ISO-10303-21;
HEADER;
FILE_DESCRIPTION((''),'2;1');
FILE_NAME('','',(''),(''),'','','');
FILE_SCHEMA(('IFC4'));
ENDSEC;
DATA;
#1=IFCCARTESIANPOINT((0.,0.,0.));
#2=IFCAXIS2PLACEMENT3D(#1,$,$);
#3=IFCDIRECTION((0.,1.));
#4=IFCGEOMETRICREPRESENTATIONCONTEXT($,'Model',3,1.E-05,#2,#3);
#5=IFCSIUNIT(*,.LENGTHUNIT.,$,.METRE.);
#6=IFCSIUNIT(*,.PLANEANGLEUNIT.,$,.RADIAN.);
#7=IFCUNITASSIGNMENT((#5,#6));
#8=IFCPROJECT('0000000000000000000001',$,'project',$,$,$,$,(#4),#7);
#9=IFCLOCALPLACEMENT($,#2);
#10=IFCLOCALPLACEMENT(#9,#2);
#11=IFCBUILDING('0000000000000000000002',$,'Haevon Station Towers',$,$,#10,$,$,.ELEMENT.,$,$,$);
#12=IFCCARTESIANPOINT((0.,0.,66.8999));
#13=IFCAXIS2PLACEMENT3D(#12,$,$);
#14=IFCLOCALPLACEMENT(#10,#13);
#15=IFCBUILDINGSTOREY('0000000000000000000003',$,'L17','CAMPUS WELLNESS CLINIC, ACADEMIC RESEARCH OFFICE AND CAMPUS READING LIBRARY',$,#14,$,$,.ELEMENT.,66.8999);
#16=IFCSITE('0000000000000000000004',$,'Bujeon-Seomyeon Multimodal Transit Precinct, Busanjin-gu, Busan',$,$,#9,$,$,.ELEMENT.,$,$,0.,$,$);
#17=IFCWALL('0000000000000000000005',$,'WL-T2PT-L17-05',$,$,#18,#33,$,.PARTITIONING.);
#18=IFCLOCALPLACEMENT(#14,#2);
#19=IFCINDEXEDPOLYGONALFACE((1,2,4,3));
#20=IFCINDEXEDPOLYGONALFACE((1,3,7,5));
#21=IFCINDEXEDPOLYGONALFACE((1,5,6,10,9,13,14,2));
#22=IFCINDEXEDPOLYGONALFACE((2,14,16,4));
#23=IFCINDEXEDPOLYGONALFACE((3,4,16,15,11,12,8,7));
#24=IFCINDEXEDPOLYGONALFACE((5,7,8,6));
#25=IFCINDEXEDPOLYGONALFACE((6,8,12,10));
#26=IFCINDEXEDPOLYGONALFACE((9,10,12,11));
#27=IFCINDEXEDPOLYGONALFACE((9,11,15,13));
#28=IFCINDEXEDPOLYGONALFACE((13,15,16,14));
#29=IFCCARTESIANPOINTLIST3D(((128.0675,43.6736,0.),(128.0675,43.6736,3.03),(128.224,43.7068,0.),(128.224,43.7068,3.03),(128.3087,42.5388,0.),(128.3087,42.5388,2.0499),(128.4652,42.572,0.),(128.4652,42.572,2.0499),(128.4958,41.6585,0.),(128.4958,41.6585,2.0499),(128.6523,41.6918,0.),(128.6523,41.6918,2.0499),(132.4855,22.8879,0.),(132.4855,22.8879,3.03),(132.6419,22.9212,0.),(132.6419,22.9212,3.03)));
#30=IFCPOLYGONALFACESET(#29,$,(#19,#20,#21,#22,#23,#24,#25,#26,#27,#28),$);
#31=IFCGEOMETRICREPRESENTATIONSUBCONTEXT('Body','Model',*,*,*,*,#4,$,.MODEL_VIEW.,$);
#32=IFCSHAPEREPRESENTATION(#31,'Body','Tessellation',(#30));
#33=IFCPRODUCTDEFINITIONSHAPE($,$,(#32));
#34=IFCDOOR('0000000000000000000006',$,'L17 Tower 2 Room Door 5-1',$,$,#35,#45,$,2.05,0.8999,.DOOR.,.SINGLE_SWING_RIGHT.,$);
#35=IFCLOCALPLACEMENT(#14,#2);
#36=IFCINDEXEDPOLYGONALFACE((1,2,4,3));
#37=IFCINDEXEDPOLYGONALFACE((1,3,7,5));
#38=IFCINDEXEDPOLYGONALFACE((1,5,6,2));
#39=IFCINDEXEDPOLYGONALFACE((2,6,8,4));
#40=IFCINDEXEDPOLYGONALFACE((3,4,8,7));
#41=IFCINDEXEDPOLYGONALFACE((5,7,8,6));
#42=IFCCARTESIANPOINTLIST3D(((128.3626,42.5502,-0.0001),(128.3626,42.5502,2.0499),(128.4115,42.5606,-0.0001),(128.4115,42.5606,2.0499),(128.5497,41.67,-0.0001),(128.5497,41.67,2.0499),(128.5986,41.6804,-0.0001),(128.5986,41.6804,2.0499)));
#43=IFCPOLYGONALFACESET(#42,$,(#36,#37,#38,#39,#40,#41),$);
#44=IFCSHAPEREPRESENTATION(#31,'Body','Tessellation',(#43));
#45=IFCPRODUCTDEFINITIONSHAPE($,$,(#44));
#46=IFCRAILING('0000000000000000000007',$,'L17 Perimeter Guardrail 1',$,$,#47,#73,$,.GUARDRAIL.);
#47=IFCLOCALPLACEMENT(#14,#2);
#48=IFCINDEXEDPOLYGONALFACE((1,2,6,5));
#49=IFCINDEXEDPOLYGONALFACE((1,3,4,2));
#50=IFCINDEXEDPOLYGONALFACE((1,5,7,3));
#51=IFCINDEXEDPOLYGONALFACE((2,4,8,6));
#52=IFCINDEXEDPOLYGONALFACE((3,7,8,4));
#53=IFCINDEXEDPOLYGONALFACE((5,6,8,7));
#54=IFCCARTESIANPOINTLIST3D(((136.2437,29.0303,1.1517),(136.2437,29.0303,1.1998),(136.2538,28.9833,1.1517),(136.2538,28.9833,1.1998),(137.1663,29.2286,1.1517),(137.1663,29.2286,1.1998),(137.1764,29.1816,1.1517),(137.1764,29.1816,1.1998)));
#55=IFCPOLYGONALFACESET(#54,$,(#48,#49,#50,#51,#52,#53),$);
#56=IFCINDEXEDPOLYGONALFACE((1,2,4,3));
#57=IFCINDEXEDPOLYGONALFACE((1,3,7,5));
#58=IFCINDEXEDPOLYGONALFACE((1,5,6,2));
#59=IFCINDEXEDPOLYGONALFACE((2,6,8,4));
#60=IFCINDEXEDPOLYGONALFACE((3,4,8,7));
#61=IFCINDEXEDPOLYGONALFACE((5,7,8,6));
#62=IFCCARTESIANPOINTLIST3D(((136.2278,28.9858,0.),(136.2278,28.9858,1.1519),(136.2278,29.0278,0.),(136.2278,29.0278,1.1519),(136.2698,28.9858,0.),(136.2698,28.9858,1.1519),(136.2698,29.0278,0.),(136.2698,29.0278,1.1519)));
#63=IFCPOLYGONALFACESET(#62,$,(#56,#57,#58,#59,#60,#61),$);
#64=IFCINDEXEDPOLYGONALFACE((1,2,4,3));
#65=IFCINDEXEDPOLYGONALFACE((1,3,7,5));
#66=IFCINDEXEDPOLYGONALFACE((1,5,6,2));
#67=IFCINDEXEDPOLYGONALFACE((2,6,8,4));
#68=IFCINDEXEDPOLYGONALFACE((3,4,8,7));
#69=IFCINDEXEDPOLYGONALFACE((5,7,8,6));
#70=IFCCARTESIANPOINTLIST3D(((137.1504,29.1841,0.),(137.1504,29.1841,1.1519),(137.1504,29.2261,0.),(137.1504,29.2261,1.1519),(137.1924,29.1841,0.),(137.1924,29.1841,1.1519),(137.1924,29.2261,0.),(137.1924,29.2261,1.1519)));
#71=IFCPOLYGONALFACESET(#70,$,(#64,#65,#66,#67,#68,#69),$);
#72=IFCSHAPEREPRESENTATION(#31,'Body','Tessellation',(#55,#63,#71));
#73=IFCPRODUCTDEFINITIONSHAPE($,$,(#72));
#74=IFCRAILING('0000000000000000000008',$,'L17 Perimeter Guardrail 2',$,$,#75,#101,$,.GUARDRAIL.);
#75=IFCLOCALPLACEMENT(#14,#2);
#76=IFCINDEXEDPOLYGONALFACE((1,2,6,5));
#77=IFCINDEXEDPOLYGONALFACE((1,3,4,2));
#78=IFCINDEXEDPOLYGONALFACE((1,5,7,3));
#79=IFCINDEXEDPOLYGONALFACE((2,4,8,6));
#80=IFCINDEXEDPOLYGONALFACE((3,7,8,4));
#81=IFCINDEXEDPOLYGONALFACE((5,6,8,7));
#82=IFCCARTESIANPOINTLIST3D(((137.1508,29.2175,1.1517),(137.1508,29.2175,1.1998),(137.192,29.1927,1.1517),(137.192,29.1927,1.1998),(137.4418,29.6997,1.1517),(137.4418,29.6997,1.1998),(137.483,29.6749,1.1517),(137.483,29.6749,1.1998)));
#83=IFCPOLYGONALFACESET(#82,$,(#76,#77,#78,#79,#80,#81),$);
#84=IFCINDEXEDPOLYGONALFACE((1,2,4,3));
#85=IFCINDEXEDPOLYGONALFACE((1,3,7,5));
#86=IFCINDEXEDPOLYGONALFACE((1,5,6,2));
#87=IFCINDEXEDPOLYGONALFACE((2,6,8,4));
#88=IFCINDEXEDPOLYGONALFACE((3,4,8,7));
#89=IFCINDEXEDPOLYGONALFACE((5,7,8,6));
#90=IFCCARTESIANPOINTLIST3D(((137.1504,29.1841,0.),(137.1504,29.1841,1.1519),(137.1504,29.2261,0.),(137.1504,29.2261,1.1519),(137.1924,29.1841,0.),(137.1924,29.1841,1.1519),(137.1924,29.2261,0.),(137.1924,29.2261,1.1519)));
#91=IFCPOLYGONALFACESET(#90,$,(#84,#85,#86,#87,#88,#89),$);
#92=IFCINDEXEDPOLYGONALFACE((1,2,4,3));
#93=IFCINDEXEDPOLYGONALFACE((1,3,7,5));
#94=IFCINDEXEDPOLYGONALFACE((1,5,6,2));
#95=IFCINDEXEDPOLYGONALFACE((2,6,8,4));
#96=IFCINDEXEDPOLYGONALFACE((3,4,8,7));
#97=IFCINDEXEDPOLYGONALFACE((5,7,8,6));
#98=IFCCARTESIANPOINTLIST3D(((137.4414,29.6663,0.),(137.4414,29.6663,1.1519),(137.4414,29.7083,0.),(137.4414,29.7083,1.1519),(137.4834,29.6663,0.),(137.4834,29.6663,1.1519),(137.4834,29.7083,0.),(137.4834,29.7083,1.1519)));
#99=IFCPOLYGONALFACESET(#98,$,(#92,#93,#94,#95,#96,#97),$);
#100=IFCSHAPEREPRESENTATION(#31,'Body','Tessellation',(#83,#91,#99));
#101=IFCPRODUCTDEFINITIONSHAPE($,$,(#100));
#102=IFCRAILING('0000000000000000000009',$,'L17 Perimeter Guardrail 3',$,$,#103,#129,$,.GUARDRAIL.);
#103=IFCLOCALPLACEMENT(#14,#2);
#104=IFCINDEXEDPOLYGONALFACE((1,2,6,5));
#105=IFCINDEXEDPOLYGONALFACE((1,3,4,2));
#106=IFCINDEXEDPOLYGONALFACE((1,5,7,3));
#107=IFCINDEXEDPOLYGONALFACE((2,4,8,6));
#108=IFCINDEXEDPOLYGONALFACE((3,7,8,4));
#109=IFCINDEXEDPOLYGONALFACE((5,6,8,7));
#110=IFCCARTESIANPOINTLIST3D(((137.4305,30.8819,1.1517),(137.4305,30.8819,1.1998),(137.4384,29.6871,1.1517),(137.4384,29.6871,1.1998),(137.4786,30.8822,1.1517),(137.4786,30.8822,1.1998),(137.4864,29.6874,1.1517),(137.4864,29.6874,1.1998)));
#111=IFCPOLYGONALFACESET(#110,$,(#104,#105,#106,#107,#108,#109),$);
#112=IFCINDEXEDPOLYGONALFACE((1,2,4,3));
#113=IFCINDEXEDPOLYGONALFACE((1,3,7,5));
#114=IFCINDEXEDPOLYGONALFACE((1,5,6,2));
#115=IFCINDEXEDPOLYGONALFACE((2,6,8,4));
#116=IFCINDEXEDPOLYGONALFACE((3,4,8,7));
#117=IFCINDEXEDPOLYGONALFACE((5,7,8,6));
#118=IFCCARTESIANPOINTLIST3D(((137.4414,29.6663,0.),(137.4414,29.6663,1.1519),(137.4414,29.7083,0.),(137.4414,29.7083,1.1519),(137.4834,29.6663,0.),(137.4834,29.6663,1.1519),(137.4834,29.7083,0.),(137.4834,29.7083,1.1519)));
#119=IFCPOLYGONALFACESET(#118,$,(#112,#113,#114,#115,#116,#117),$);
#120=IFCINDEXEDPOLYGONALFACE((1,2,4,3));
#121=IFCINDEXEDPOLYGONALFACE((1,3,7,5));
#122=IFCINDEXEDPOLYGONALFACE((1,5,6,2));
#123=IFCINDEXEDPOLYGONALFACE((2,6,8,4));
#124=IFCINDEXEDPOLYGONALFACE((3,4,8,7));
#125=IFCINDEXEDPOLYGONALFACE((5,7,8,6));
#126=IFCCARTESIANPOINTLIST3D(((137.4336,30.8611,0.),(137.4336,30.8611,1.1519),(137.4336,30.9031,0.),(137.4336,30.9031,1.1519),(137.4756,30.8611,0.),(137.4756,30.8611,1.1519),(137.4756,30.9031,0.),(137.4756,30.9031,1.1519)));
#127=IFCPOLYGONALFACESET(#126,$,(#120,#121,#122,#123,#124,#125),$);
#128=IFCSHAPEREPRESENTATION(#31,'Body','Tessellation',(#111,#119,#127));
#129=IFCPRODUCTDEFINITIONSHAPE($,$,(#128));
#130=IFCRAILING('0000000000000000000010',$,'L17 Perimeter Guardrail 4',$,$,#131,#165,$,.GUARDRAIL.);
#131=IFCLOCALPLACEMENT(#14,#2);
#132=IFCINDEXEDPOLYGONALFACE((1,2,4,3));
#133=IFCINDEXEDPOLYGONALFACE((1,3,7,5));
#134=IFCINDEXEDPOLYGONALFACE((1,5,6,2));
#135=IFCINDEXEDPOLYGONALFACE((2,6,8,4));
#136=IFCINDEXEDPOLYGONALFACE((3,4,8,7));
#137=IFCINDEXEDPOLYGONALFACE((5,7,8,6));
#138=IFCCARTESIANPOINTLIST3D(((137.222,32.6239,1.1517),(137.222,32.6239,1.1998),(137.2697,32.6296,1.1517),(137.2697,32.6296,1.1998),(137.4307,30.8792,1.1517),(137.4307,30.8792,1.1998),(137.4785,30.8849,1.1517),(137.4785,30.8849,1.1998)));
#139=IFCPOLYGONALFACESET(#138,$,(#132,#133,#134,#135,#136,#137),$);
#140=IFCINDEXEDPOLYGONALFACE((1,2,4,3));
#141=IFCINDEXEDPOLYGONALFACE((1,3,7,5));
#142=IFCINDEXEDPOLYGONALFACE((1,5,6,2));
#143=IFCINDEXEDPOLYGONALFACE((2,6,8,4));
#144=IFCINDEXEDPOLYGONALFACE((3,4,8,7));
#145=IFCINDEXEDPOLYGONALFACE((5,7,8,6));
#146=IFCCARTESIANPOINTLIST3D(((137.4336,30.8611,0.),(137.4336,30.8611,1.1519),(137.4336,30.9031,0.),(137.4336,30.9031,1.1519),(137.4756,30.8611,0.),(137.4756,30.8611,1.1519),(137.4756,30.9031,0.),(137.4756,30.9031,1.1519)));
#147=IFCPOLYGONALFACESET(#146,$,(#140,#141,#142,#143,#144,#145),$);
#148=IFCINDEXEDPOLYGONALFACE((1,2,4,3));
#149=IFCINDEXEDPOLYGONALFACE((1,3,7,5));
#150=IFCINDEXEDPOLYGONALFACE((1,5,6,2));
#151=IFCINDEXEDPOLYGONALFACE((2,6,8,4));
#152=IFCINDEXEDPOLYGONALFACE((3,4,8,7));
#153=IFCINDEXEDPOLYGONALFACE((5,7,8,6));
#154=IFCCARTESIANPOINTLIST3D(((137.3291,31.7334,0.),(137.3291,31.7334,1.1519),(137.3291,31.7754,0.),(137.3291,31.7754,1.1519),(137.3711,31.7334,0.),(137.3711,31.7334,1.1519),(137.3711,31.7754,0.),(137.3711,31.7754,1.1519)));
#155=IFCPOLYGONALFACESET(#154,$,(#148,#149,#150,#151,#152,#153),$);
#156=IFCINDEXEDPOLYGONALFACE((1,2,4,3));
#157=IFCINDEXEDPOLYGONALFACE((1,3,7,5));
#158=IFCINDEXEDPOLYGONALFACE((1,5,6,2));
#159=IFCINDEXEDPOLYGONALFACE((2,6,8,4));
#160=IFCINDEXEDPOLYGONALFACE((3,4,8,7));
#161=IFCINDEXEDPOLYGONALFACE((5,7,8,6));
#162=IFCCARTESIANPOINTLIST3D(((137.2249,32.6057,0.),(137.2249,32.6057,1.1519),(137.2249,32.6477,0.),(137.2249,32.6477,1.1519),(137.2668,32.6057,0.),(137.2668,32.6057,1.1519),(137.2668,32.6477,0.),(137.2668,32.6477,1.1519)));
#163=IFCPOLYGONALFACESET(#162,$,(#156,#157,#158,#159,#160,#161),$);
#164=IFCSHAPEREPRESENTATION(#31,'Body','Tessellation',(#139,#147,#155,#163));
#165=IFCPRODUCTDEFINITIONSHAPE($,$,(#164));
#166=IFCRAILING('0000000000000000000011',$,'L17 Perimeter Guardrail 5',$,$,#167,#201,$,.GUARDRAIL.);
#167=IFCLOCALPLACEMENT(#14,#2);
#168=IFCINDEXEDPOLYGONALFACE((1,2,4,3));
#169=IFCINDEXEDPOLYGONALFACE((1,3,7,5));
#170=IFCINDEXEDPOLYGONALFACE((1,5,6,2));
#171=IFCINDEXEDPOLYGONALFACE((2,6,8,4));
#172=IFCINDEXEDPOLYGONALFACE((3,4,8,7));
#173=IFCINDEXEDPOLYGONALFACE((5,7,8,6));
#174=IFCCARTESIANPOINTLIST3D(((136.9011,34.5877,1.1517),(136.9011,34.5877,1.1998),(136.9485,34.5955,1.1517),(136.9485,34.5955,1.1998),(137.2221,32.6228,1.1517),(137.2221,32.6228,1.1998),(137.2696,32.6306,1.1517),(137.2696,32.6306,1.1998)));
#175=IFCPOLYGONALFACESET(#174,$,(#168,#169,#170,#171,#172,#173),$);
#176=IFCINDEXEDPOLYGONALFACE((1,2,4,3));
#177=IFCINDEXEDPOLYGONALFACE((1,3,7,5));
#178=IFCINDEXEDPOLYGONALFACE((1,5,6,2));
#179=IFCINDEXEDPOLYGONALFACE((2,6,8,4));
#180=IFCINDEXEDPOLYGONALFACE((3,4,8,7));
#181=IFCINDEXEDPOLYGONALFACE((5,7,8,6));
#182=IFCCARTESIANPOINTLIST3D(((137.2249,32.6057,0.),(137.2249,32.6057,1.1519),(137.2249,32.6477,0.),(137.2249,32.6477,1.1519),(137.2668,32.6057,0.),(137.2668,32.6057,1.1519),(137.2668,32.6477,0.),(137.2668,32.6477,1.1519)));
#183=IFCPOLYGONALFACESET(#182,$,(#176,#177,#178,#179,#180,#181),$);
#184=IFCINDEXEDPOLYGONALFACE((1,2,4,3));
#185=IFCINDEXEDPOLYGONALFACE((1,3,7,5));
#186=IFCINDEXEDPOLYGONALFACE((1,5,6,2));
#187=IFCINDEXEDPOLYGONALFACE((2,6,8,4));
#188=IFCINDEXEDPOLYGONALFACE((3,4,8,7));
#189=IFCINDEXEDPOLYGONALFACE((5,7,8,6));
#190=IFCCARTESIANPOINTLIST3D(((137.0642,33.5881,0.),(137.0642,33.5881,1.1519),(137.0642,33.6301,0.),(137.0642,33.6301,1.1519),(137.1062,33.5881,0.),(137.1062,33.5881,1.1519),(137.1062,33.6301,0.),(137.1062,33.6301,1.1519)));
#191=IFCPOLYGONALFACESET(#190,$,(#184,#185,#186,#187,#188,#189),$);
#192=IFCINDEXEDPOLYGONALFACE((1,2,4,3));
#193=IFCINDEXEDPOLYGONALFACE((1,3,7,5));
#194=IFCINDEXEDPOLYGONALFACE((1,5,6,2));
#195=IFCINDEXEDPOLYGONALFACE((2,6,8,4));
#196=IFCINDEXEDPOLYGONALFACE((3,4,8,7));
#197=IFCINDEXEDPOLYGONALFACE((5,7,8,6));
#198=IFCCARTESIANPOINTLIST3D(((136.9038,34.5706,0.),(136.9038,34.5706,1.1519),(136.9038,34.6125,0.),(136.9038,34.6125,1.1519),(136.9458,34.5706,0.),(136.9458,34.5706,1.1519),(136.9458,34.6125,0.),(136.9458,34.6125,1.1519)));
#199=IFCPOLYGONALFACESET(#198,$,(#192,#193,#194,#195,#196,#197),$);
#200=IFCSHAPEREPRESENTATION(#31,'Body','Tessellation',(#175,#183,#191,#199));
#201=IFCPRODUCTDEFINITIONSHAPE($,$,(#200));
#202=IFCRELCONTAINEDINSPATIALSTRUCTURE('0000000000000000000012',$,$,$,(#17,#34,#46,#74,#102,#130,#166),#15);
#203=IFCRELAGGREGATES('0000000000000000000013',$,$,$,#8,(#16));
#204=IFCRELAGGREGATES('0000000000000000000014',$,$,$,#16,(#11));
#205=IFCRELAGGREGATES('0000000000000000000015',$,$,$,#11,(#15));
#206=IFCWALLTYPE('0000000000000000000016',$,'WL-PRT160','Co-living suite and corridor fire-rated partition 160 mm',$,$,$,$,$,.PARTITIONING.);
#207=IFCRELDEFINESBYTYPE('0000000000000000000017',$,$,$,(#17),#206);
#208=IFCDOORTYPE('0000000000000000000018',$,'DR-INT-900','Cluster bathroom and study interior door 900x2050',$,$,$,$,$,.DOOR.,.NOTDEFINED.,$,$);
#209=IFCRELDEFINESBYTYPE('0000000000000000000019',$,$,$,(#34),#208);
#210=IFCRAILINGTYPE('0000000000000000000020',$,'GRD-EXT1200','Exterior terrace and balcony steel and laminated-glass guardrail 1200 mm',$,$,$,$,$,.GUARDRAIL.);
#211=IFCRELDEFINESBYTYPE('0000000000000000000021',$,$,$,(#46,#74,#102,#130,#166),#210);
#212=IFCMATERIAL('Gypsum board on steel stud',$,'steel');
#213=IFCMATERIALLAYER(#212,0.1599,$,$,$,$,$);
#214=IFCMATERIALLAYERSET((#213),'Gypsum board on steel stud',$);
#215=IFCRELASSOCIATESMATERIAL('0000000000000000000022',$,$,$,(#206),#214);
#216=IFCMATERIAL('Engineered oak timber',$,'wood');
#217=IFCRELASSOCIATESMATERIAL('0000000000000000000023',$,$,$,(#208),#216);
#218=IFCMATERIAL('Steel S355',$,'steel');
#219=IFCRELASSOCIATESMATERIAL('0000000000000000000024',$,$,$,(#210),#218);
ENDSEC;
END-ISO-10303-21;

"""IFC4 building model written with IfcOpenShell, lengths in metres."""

from ifc_helpers import new_model, si_unit, direction, frame, frame_2d, origin, origin_2d, place, context, subcontext, project, spatial, rectangle, extrude, material, layer, layer_set, type_object, element, fill, save


model = new_model("IFC4")

# Units and contexts
model_context = context("Model", 3, precision=1e-05, world=origin(), true_north=direction((0.0, 1.0)))
body_context = subcontext(model_context, "Body", "Model", "MODEL_VIEW")
ifc_project = project(units=[si_unit("LENGTHUNIT", "METRE"), si_unit("PLANEANGLEUNIT", "RADIAN")], contexts=[model_context])

# Site, building, storey
site_placement = place(None, origin())
site = spatial("IfcSite", under=ifc_project, at=site_placement, Name="Bujeon-Seomyeon Multimodal Transit Precinct, Busanjin-gu, Busan", CompositionType="ELEMENT", RefElevation=0.0)
building_placement = place(site_placement, origin())
building = spatial("IfcBuilding", under=site, at=building_placement, Name="Haevon Station Towers", CompositionType="ELEMENT")
storey_placement = place(building_placement, frame((0.0, 0.0, 66.8999)))
storey = spatial("IfcBuildingStorey", under=building, at=storey_placement, Name="L17", Description="CAMPUS WELLNESS CLINIC, ACADEMIC RESEARCH OFFICE AND CAMPUS READING LIBRARY", CompositionType="ELEMENT", Elevation=66.8999)

# Shared definitions
ifc_material_1 = material(Name="Steel S355", Category="steel")

# Shared definitions
ifc_material_2 = material(Name="Gypsum board on steel stud", Category="steel")
ifc_layer_1 = layer(ifc_material_2, 0.1599)
ifc_layer_set_1 = layer_set([ifc_layer_1], Name="Gypsum board on steel stud")
wall_type_1 = type_object("IfcWallType", Name="WL-PRT160", Description="Co-living suite and corridor fire-rated partition 160 mm", PredefinedType="PARTITIONING", material=ifc_layer_set_1)

# Wall, opening, door
wall_1_placement = place(storey_placement, frame((132.5637, 22.9045, 0.0), z_axis=(0.0, 0.0, 1.0), x_axis=(-0.207905, 0.978149, 0.0)))
wall_1 = element("IfcWall", 1, at=wall_1_placement, inside=storey, type_object=wall_type_1, Name="WL-T2PT-L17-05", PredefinedType="PARTITIONING", context=body_context, shape_type="SweptSolid", body=[
    extrude(rectangle(XDim=21.25, YDim=0.1599, at=frame_2d((10.625, 0.0))), origin(), (0.0, 0.0, 1.0), 3.03),
])
opening_1_placement = place(wall_1_placement, frame((19.1899, 0.0, 0.0)))
opening_1 = element("IfcOpeningElement", 2, at=opening_1_placement, cuts=wall_1, PredefinedType="OPENING", context=body_context, shape_type="SweptSolid", body=[
    extrude(rectangle(XDim=0.8999, YDim=2.05, at=frame_2d((0.45, 1.0249))), frame((0.0, 0.0898, 0.0), z_axis=(0.0, -1.0, 0.0), x_axis=(1.0, 0.0, 0.0)), (0.0, 0.0, 1.0), 0.1799),
])
ifc_material_3 = material(Name="Engineered oak timber", Category="wood")
door_type = type_object("IfcDoorType", Name="DR-INT-900", Description="Cluster bathroom and study interior door 900x2050", OperationType="NOTDEFINED", PredefinedType="DOOR", material=ifc_material_3)
door_placement = place(opening_1_placement, origin())
door = element("IfcDoor", 3, at=door_placement, inside=storey, type_object=door_type, Name="L17 Tower 2 Room Door 5-1", OperationType="SINGLE_SWING_RIGHT", OverallHeight=2.05, OverallWidth=0.8999, PredefinedType="DOOR", context=body_context, shape_type="SweptSolid", body=[
    extrude(rectangle(XDim=0.8999, YDim=2.05, at=frame_2d((0.45, 1.0249))), frame((0.0, 0.0249, 0.0), z_axis=(0.0, -1.0, 0.0), x_axis=(1.0, 0.0, 0.0)), (0.0, 0.0, 1.0), 0.05),
])
fill(opening_1, door)

# Railings
railing_type = type_object("IfcRailingType", Name="GRD-EXT1200", Description="Exterior terrace and balcony steel and laminated-glass guardrail 1200 mm", PredefinedType="GUARDRAIL", material=ifc_material_1)
railing_1_placement = place(storey_placement, frame((136.2488, 29.0068, 0.0)))
element("IfcRailing", 4, at=railing_1_placement, inside=storey, type_object=railing_type, Name="L17 Perimeter Guardrail 1", PredefinedType="GUARDRAIL", context=body_context, shape_type="SweptSolid", body=[
    extrude(rectangle(XDim=0.0481, YDim=0.0481, at=origin_2d()), frame((0.0, 0.0, 1.1758), z_axis=(0.977685, 0.210077, 0.0), x_axis=(-0.210077, 0.977685, 0.0)), (0.0, 0.0, 1.0), 0.9436),
    extrude(rectangle(XDim=0.042, YDim=0.042, at=origin_2d()), origin(), (0.0, 0.0, 1.0), 1.1519),
    extrude(rectangle(XDim=0.042, YDim=0.042, at=origin_2d()), frame((0.9226, 0.1982, 0.0)), (0.0, 0.0, 1.0), 1.1519),
])
railing_2_placement = place(storey_placement, frame((137.1714, 29.2051, 0.0)))
element("IfcRailing", 5, at=railing_2_placement, inside=storey, type_object=railing_type, Name="L17 Perimeter Guardrail 2", PredefinedType="GUARDRAIL", context=body_context, shape_type="SweptSolid", body=[
    extrude(rectangle(XDim=0.0481, YDim=0.0481, at=origin_2d()), frame((0.0, 0.0, 1.1758), z_axis=(0.516725, 0.856151, 0.0), x_axis=(-0.856151, 0.516725, 0.0)), (0.0, 0.0, 1.0), 0.5632),
    extrude(rectangle(XDim=0.042, YDim=0.042, at=origin_2d()), origin(), (0.0, 0.0, 1.0), 1.1519),
    extrude(rectangle(XDim=0.042, YDim=0.042, at=origin_2d()), frame((0.291, 0.4822, 0.0)), (0.0, 0.0, 1.0), 1.1519),
])
railing_3_placement = place(storey_placement, frame((137.4624, 29.6873, 0.0)))
element("IfcRailing", 6, at=railing_3_placement, inside=storey, type_object=railing_type, Name="L17 Perimeter Guardrail 3", PredefinedType="GUARDRAIL", context=body_context, shape_type="SweptSolid", body=[
    extrude(rectangle(XDim=0.0481, YDim=0.0481, at=origin_2d()), frame((0.0, 0.0, 1.1758), z_axis=(-0.006538, 0.999979, 0.0), x_axis=(-0.999979, -0.006538, 0.0)), (0.0, 0.0, 1.0), 1.1948),
    extrude(rectangle(XDim=0.042, YDim=0.042, at=origin_2d()), origin(), (0.0, 0.0, 1.0), 1.1519),
    extrude(rectangle(XDim=0.042, YDim=0.042, at=origin_2d()), frame((-0.0078, 1.1948, 0.0)), (0.0, 0.0, 1.0), 1.1519),
])
railing_4_placement = place(storey_placement, frame((137.4546, 30.8821, 0.0)))
element("IfcRailing", 7, at=railing_4_placement, inside=storey, type_object=railing_type, Name="L17 Perimeter Guardrail 4", PredefinedType="GUARDRAIL", context=body_context, shape_type="SweptSolid", body=[
    extrude(rectangle(XDim=0.0481, YDim=0.0481, at=origin_2d()), frame((0.0, 0.0, 1.1758), z_axis=(-0.1188, 0.992918, 0.0), x_axis=(-0.992918, -0.1188, 0.0)), (0.0, 0.0, 1.0), 1.7571),
    extrude(rectangle(XDim=0.042, YDim=0.042, at=origin_2d()), origin(), (0.0, 0.0, 1.0), 1.1519),
    extrude(rectangle(XDim=0.042, YDim=0.042, at=origin_2d()), frame((-0.1045, 0.8723, 0.0)), (0.0, 0.0, 1.0), 1.1519),
    extrude(rectangle(XDim=0.042, YDim=0.042, at=origin_2d()), frame((-0.2087, 1.7446, 0.0)), (0.0, 0.0, 1.0), 1.1519),
])
railing_5_placement = place(storey_placement, frame((137.2458, 32.6267, 0.0)))
element("IfcRailing", 8, at=railing_5_placement, inside=storey, type_object=railing_type, Name="L17 Perimeter Guardrail 5", PredefinedType="GUARDRAIL", context=body_context, shape_type="SweptSolid", body=[
    extrude(rectangle(XDim=0.0481, YDim=0.0481, at=origin_2d()), frame((0.0, 0.0, 1.1758), z_axis=(-0.161256, 0.986913, 0.0), x_axis=(-0.986913, -0.161256, 0.0)), (0.0, 0.0, 1.0), 1.991),
    extrude(rectangle(XDim=0.042, YDim=0.042, at=origin_2d()), origin(), (0.0, 0.0, 1.0), 1.1519),
    extrude(rectangle(XDim=0.042, YDim=0.042, at=origin_2d()), frame((-0.1606, 0.9824, 0.0)), (0.0, 0.0, 1.0), 1.1519),
    extrude(rectangle(XDim=0.042, YDim=0.042, at=origin_2d()), frame((-0.321, 1.9648, 0.0)), (0.0, 0.0, 1.0), 1.1519),
])

save(model, "model.ifc")
